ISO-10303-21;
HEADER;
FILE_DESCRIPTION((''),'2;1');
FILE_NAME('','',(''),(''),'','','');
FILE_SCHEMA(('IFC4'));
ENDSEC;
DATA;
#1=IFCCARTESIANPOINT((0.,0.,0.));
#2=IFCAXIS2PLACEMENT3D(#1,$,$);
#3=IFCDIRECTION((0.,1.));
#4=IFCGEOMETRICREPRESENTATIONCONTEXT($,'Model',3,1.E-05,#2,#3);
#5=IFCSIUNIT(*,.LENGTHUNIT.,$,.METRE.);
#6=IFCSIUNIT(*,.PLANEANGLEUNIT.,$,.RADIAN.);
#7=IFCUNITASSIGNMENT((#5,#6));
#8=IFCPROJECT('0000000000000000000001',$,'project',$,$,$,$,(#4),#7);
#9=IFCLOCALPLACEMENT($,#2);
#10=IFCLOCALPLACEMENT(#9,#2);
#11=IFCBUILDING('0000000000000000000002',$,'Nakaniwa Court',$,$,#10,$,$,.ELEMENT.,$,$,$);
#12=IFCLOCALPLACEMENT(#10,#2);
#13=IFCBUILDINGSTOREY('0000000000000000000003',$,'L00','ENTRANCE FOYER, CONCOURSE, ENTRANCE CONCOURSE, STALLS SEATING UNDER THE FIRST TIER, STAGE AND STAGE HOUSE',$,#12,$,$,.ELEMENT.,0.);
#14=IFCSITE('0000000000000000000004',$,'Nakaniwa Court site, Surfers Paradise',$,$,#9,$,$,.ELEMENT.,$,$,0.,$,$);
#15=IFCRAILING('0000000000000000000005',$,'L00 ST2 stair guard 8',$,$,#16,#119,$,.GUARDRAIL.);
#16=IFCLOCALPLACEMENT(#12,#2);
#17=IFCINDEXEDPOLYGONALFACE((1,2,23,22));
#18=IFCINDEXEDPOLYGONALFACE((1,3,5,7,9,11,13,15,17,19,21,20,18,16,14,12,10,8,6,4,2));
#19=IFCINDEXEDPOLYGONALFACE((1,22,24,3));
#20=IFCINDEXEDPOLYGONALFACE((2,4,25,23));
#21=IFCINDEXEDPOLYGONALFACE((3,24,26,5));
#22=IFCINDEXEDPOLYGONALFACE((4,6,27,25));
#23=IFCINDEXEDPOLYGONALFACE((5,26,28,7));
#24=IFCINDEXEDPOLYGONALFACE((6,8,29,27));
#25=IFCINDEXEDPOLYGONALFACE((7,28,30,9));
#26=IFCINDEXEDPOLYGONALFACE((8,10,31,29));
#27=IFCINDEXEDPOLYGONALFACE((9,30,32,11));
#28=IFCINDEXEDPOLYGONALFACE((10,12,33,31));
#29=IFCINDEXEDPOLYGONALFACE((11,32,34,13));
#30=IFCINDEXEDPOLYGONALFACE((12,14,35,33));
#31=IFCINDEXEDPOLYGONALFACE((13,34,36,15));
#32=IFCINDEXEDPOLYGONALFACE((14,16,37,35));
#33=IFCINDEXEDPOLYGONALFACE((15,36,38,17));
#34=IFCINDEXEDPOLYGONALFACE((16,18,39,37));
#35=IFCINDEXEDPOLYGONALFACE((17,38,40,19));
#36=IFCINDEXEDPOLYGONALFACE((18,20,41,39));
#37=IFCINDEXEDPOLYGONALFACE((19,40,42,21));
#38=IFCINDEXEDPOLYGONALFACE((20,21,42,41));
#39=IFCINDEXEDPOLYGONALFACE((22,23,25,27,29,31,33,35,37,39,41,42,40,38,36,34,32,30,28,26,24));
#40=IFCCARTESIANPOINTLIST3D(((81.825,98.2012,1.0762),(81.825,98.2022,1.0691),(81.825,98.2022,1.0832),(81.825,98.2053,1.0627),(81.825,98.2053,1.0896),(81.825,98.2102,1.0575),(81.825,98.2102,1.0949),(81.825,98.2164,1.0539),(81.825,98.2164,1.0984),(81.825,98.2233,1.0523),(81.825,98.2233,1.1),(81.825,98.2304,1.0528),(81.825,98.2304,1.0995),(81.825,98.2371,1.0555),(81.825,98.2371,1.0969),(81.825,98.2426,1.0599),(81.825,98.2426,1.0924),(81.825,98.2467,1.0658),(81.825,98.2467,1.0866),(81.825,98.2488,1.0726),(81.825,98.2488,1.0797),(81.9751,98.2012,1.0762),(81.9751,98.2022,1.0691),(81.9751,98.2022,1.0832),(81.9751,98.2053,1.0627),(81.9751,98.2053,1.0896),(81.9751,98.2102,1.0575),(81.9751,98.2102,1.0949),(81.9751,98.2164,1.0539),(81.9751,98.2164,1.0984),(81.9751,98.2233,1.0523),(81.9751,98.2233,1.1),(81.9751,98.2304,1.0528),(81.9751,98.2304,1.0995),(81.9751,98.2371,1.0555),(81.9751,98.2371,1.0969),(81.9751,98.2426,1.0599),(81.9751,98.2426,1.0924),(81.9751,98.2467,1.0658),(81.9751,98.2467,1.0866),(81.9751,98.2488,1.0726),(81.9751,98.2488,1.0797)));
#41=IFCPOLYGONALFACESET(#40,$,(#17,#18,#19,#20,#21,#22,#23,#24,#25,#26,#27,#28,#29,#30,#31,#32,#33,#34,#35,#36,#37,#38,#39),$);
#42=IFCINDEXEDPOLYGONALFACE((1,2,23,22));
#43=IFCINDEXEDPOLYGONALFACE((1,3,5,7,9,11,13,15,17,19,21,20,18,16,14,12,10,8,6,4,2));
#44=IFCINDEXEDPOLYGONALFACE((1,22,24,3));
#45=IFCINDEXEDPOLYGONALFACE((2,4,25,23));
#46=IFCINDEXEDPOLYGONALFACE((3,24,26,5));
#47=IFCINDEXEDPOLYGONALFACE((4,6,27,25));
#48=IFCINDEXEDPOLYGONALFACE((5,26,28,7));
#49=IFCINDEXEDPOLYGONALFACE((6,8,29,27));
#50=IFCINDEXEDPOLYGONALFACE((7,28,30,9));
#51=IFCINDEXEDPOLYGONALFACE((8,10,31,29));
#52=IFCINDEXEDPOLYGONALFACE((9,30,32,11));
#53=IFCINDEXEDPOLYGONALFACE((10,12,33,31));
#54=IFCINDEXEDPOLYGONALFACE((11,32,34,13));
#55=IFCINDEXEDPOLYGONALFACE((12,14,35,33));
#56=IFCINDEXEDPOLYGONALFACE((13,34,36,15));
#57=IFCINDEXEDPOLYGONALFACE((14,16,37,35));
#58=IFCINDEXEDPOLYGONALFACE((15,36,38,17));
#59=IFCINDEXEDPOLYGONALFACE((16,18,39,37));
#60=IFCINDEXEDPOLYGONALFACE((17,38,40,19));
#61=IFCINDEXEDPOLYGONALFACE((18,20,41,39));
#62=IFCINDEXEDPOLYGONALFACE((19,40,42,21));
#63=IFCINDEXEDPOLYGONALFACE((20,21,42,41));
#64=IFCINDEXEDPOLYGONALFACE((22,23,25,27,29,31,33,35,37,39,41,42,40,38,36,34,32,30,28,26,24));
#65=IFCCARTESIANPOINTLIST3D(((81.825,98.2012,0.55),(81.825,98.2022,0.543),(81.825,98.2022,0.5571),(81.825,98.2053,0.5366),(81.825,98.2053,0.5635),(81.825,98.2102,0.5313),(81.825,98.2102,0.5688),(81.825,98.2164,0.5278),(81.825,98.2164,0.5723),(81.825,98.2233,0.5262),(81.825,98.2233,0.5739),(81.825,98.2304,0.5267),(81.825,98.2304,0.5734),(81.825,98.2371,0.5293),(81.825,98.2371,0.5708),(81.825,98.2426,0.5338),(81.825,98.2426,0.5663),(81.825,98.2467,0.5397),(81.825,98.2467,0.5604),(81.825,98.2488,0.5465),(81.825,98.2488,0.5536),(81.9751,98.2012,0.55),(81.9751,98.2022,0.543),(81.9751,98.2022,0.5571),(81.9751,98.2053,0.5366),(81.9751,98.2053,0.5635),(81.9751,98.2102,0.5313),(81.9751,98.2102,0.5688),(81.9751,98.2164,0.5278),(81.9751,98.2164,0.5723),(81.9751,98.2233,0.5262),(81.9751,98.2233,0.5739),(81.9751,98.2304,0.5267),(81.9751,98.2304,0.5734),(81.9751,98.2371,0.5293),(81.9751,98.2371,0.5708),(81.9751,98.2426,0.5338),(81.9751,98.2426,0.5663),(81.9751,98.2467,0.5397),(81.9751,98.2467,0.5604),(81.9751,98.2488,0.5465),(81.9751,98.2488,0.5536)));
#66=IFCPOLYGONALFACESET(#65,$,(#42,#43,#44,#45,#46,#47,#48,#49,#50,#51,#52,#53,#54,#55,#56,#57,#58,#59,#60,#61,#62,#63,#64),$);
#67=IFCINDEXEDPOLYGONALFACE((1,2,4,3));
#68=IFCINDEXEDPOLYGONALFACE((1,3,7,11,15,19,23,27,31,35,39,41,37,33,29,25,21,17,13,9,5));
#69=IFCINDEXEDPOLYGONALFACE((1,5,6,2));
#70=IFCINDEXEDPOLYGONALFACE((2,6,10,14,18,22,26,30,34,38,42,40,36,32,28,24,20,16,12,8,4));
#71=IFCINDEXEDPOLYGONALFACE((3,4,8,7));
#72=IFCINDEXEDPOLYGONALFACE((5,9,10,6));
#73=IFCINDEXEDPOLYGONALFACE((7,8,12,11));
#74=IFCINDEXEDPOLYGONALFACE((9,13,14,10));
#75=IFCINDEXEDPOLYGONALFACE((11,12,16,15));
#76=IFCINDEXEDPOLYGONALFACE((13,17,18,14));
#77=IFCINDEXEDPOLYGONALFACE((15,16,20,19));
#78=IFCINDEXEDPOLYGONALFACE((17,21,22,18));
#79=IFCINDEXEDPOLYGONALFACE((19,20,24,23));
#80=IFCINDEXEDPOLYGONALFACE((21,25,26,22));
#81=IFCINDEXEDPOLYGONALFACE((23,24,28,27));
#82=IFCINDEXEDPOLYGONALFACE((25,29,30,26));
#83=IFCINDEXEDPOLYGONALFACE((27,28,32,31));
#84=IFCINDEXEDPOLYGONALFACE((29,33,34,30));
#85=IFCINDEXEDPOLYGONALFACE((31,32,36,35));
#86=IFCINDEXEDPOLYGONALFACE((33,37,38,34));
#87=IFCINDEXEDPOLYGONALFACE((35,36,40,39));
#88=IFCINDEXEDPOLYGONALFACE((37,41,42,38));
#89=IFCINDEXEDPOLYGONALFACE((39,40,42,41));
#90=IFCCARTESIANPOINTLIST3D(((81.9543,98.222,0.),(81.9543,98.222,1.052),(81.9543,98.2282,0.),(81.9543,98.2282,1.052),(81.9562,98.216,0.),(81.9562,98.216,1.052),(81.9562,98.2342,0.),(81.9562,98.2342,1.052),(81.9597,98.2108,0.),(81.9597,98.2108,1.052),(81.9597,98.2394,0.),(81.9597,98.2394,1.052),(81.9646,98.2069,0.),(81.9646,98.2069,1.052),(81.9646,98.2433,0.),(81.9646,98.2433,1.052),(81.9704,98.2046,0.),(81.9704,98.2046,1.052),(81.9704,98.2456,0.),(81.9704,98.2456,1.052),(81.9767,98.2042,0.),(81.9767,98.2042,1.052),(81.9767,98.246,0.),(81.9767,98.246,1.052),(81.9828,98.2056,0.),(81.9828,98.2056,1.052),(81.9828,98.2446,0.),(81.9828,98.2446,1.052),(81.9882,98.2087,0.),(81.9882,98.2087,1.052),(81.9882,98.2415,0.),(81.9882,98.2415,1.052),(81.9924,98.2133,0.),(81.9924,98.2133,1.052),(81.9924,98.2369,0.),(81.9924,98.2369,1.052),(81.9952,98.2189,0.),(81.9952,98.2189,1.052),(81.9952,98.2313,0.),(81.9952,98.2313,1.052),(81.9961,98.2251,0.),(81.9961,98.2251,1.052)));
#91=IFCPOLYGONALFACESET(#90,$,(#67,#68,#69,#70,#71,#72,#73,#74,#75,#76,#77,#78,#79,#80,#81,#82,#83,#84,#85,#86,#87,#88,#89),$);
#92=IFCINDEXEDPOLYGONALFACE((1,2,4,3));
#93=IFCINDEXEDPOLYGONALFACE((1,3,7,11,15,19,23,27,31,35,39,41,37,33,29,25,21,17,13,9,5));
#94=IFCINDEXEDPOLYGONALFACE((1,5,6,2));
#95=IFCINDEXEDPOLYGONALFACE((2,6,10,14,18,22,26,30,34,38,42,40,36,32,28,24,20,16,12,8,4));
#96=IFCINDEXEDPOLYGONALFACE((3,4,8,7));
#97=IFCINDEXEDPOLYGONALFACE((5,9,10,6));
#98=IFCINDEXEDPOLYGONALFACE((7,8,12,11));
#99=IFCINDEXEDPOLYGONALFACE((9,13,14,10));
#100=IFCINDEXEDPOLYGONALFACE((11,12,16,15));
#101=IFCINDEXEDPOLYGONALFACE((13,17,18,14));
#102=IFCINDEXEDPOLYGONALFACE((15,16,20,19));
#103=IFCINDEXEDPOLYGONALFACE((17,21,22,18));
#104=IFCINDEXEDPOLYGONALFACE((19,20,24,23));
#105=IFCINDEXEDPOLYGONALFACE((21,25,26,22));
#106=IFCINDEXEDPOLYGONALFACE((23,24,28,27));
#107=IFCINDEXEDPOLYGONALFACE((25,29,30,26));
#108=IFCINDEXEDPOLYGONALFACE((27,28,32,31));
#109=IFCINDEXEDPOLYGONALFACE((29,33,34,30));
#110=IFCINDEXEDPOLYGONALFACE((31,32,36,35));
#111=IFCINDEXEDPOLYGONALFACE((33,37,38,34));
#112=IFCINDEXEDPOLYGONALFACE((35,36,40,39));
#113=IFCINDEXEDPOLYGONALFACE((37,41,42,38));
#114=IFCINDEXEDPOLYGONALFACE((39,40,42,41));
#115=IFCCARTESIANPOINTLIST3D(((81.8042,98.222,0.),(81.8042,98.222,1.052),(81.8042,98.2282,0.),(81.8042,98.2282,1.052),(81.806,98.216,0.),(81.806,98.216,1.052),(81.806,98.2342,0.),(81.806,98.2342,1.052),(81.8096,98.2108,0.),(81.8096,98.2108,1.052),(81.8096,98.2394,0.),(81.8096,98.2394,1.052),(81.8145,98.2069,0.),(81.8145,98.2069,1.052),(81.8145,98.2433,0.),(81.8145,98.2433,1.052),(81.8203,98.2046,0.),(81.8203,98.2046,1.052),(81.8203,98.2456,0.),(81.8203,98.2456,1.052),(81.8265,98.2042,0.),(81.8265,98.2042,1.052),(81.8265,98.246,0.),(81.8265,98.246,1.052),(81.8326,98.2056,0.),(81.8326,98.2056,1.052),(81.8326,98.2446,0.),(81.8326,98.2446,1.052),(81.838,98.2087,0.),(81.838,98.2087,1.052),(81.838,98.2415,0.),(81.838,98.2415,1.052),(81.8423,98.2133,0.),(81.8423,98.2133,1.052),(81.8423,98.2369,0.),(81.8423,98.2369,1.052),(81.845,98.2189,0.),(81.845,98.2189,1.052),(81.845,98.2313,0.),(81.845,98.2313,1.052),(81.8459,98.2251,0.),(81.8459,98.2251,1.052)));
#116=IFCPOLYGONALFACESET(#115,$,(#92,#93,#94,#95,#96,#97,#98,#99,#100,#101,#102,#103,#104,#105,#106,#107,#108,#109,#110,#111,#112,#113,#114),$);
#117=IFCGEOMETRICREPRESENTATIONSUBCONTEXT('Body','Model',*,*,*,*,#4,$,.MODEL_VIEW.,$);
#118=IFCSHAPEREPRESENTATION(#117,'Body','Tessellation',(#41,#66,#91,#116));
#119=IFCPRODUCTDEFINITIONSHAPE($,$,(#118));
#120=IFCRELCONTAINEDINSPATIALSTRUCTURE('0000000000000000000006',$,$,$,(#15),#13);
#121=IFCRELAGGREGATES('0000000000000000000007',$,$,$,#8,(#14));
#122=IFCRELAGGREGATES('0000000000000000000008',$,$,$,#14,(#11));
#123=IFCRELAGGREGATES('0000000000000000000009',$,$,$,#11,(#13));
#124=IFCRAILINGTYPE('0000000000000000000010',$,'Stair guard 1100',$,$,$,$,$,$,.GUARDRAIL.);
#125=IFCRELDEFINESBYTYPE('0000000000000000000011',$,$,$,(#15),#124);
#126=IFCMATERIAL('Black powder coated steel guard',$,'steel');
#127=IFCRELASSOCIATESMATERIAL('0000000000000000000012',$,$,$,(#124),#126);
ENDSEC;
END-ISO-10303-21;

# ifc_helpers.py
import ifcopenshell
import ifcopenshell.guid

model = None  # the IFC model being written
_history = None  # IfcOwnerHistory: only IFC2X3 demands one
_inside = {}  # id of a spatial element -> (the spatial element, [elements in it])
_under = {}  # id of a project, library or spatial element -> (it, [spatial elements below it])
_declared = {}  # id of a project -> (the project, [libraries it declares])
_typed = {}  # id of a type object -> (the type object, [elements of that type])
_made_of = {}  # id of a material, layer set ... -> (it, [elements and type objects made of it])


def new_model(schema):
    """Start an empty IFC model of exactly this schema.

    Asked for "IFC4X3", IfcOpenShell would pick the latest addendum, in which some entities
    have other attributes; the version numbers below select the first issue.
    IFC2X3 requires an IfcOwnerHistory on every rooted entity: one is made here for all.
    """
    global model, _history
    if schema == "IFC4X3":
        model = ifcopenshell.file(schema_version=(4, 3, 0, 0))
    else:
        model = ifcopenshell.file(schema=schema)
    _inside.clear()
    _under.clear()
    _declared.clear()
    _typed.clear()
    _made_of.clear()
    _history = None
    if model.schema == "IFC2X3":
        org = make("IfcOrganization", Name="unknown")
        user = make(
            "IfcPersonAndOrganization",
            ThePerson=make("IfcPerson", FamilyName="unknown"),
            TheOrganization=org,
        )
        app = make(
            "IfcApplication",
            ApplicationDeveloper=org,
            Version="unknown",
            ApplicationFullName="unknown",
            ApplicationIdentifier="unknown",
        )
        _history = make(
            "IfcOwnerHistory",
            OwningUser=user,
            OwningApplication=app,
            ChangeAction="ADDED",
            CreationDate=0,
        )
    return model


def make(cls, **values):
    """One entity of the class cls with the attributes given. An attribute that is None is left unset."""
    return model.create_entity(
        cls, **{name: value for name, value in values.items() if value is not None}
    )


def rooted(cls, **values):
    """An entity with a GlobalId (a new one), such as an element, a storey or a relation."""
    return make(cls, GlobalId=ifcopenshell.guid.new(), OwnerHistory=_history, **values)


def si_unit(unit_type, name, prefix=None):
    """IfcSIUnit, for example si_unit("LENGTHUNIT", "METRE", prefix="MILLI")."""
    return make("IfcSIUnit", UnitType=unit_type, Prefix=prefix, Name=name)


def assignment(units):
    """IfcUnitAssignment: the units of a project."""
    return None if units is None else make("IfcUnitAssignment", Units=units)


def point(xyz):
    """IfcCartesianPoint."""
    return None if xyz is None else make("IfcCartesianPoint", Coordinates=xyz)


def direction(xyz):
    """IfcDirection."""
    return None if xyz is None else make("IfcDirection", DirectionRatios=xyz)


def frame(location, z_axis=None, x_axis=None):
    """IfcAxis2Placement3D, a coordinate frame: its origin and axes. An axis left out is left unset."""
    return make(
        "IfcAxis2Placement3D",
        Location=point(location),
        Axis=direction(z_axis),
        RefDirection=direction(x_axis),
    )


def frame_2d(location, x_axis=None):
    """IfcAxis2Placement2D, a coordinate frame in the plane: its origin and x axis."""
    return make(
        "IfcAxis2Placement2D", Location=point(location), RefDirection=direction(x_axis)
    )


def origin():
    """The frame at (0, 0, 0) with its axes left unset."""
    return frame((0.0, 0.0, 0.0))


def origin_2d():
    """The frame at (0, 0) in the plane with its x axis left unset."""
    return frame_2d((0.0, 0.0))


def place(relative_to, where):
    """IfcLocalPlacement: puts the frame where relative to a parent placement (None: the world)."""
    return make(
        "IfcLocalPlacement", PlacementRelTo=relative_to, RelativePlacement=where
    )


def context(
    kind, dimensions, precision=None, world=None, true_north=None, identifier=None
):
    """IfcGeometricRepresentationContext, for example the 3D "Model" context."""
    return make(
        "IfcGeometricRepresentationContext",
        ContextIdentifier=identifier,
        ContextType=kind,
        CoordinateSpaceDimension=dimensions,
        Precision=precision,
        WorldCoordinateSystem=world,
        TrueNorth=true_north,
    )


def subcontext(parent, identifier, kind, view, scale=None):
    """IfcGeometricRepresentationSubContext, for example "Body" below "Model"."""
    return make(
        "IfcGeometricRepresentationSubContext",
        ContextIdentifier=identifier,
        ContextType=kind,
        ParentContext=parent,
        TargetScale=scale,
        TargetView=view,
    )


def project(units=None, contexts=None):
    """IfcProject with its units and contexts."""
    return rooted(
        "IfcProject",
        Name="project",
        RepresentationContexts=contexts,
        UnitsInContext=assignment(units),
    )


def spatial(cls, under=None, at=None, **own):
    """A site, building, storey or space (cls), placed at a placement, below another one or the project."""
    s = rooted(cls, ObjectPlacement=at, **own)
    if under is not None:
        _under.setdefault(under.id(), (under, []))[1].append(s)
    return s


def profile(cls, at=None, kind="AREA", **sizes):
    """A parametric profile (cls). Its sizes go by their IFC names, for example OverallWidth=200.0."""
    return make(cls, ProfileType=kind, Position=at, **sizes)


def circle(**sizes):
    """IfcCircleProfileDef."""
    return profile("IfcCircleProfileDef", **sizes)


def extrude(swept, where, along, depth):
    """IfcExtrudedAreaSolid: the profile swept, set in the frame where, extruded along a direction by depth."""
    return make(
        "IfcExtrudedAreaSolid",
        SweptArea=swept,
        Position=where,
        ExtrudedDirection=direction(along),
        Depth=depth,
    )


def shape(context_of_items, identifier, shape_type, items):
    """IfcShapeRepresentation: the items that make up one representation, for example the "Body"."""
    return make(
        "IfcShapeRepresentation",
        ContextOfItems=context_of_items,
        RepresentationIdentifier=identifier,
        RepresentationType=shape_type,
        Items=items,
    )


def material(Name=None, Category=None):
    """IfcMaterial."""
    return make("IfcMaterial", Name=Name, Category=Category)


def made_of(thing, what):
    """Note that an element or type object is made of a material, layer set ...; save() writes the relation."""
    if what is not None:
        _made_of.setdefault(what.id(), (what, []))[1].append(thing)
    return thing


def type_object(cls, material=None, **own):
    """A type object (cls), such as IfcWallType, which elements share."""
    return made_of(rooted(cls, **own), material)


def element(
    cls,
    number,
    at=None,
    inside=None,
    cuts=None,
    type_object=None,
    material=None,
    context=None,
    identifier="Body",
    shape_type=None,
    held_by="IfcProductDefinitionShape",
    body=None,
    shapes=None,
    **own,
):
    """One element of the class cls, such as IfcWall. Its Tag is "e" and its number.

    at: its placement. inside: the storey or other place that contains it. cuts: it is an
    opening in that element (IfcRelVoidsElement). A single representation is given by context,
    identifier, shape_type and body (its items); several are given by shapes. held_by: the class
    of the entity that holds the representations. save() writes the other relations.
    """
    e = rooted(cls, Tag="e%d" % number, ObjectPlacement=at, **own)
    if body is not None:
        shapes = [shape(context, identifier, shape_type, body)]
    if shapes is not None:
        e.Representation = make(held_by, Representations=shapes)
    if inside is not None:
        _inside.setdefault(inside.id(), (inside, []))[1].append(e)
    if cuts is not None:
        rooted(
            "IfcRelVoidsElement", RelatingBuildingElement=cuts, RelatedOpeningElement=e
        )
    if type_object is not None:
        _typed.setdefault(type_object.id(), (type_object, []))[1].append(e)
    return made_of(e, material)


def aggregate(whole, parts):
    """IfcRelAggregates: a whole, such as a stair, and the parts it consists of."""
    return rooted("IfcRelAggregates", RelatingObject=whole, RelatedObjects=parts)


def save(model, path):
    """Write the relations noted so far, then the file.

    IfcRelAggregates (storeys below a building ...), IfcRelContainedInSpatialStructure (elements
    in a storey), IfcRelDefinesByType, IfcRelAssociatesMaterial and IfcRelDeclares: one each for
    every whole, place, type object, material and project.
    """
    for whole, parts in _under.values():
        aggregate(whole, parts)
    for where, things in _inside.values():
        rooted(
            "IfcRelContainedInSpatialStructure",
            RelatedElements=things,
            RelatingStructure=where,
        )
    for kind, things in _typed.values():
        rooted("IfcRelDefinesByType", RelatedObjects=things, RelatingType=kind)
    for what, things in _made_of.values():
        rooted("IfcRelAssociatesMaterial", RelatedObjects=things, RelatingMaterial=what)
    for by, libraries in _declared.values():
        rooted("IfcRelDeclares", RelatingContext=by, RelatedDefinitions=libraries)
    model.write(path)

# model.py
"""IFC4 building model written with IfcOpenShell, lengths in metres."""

from ifc_helpers import new_model, si_unit, direction, frame, origin, origin_2d, place, context, subcontext, project, spatial, circle, extrude, material, type_object, element, save


model = new_model("IFC4")

# Units and contexts
model_context = context("Model", 3, precision=1e-05, world=origin(), true_north=direction((0.0, 1.0)))
body_context = subcontext(model_context, "Body", "Model", "MODEL_VIEW")
ifc_project = project(units=[si_unit("LENGTHUNIT", "METRE"), si_unit("PLANEANGLEUNIT", "RADIAN")], contexts=[model_context])

# Site, building, storey
site_placement = place(None, origin())
site = spatial("IfcSite", under=ifc_project, at=site_placement, Name="Nakaniwa Court site, Surfers Paradise", CompositionType="ELEMENT", RefElevation=0.0)
building_placement = place(site_placement, origin())
building = spatial("IfcBuilding", under=site, at=building_placement, Name="Nakaniwa Court", CompositionType="ELEMENT")
storey_placement = place(building_placement, origin())
storey = spatial("IfcBuildingStorey", under=building, at=storey_placement, Name="L00", Description="ENTRANCE FOYER, CONCOURSE, ENTRANCE CONCOURSE, STALLS SEATING UNDER THE FIRST TIER, STAGE AND STAGE HOUSE", CompositionType="ELEMENT", Elevation=0.0)

# Railing
ifc_material_1 = material(Name="Black powder coated steel guard", Category="steel")
railing_type_1 = type_object("IfcRailingType", Name="Stair guard 1100", PredefinedType="GUARDRAIL", material=ifc_material_1)
railing_1_placement = place(storey_placement, frame((81.9751, 98.2251, 0.0)))
element("IfcRailing", 1, at=railing_1_placement, inside=storey, type_object=railing_type_1, Name="L00 ST2 stair guard 8", PredefinedType="GUARDRAIL", context=body_context, shape_type="SweptSolid", body=[
    extrude(circle(Radius=0.0239, at=origin_2d()), frame((0.0, 0.0, 1.0762), z_axis=(-1.0, 0.0, 0.0), x_axis=(0.0, -1.0, 0.0)), (0.0, 0.0, 1.0), 0.1501),
    extrude(circle(Radius=0.0239, at=origin_2d()), frame((0.0, 0.0, 0.55), z_axis=(-1.0, 0.0, 0.0), x_axis=(0.0, -1.0, 0.0)), (0.0, 0.0, 1.0), 0.1501),
    extrude(circle(Radius=0.021, at=origin_2d()), origin(), (0.0, 0.0, 1.0), 1.052),
    extrude(circle(Radius=0.021, at=origin_2d()), frame((-0.1501, 0.0, 0.0)), (0.0, 0.0, 1.0), 1.052),
])

save(model, "model.ifc")
